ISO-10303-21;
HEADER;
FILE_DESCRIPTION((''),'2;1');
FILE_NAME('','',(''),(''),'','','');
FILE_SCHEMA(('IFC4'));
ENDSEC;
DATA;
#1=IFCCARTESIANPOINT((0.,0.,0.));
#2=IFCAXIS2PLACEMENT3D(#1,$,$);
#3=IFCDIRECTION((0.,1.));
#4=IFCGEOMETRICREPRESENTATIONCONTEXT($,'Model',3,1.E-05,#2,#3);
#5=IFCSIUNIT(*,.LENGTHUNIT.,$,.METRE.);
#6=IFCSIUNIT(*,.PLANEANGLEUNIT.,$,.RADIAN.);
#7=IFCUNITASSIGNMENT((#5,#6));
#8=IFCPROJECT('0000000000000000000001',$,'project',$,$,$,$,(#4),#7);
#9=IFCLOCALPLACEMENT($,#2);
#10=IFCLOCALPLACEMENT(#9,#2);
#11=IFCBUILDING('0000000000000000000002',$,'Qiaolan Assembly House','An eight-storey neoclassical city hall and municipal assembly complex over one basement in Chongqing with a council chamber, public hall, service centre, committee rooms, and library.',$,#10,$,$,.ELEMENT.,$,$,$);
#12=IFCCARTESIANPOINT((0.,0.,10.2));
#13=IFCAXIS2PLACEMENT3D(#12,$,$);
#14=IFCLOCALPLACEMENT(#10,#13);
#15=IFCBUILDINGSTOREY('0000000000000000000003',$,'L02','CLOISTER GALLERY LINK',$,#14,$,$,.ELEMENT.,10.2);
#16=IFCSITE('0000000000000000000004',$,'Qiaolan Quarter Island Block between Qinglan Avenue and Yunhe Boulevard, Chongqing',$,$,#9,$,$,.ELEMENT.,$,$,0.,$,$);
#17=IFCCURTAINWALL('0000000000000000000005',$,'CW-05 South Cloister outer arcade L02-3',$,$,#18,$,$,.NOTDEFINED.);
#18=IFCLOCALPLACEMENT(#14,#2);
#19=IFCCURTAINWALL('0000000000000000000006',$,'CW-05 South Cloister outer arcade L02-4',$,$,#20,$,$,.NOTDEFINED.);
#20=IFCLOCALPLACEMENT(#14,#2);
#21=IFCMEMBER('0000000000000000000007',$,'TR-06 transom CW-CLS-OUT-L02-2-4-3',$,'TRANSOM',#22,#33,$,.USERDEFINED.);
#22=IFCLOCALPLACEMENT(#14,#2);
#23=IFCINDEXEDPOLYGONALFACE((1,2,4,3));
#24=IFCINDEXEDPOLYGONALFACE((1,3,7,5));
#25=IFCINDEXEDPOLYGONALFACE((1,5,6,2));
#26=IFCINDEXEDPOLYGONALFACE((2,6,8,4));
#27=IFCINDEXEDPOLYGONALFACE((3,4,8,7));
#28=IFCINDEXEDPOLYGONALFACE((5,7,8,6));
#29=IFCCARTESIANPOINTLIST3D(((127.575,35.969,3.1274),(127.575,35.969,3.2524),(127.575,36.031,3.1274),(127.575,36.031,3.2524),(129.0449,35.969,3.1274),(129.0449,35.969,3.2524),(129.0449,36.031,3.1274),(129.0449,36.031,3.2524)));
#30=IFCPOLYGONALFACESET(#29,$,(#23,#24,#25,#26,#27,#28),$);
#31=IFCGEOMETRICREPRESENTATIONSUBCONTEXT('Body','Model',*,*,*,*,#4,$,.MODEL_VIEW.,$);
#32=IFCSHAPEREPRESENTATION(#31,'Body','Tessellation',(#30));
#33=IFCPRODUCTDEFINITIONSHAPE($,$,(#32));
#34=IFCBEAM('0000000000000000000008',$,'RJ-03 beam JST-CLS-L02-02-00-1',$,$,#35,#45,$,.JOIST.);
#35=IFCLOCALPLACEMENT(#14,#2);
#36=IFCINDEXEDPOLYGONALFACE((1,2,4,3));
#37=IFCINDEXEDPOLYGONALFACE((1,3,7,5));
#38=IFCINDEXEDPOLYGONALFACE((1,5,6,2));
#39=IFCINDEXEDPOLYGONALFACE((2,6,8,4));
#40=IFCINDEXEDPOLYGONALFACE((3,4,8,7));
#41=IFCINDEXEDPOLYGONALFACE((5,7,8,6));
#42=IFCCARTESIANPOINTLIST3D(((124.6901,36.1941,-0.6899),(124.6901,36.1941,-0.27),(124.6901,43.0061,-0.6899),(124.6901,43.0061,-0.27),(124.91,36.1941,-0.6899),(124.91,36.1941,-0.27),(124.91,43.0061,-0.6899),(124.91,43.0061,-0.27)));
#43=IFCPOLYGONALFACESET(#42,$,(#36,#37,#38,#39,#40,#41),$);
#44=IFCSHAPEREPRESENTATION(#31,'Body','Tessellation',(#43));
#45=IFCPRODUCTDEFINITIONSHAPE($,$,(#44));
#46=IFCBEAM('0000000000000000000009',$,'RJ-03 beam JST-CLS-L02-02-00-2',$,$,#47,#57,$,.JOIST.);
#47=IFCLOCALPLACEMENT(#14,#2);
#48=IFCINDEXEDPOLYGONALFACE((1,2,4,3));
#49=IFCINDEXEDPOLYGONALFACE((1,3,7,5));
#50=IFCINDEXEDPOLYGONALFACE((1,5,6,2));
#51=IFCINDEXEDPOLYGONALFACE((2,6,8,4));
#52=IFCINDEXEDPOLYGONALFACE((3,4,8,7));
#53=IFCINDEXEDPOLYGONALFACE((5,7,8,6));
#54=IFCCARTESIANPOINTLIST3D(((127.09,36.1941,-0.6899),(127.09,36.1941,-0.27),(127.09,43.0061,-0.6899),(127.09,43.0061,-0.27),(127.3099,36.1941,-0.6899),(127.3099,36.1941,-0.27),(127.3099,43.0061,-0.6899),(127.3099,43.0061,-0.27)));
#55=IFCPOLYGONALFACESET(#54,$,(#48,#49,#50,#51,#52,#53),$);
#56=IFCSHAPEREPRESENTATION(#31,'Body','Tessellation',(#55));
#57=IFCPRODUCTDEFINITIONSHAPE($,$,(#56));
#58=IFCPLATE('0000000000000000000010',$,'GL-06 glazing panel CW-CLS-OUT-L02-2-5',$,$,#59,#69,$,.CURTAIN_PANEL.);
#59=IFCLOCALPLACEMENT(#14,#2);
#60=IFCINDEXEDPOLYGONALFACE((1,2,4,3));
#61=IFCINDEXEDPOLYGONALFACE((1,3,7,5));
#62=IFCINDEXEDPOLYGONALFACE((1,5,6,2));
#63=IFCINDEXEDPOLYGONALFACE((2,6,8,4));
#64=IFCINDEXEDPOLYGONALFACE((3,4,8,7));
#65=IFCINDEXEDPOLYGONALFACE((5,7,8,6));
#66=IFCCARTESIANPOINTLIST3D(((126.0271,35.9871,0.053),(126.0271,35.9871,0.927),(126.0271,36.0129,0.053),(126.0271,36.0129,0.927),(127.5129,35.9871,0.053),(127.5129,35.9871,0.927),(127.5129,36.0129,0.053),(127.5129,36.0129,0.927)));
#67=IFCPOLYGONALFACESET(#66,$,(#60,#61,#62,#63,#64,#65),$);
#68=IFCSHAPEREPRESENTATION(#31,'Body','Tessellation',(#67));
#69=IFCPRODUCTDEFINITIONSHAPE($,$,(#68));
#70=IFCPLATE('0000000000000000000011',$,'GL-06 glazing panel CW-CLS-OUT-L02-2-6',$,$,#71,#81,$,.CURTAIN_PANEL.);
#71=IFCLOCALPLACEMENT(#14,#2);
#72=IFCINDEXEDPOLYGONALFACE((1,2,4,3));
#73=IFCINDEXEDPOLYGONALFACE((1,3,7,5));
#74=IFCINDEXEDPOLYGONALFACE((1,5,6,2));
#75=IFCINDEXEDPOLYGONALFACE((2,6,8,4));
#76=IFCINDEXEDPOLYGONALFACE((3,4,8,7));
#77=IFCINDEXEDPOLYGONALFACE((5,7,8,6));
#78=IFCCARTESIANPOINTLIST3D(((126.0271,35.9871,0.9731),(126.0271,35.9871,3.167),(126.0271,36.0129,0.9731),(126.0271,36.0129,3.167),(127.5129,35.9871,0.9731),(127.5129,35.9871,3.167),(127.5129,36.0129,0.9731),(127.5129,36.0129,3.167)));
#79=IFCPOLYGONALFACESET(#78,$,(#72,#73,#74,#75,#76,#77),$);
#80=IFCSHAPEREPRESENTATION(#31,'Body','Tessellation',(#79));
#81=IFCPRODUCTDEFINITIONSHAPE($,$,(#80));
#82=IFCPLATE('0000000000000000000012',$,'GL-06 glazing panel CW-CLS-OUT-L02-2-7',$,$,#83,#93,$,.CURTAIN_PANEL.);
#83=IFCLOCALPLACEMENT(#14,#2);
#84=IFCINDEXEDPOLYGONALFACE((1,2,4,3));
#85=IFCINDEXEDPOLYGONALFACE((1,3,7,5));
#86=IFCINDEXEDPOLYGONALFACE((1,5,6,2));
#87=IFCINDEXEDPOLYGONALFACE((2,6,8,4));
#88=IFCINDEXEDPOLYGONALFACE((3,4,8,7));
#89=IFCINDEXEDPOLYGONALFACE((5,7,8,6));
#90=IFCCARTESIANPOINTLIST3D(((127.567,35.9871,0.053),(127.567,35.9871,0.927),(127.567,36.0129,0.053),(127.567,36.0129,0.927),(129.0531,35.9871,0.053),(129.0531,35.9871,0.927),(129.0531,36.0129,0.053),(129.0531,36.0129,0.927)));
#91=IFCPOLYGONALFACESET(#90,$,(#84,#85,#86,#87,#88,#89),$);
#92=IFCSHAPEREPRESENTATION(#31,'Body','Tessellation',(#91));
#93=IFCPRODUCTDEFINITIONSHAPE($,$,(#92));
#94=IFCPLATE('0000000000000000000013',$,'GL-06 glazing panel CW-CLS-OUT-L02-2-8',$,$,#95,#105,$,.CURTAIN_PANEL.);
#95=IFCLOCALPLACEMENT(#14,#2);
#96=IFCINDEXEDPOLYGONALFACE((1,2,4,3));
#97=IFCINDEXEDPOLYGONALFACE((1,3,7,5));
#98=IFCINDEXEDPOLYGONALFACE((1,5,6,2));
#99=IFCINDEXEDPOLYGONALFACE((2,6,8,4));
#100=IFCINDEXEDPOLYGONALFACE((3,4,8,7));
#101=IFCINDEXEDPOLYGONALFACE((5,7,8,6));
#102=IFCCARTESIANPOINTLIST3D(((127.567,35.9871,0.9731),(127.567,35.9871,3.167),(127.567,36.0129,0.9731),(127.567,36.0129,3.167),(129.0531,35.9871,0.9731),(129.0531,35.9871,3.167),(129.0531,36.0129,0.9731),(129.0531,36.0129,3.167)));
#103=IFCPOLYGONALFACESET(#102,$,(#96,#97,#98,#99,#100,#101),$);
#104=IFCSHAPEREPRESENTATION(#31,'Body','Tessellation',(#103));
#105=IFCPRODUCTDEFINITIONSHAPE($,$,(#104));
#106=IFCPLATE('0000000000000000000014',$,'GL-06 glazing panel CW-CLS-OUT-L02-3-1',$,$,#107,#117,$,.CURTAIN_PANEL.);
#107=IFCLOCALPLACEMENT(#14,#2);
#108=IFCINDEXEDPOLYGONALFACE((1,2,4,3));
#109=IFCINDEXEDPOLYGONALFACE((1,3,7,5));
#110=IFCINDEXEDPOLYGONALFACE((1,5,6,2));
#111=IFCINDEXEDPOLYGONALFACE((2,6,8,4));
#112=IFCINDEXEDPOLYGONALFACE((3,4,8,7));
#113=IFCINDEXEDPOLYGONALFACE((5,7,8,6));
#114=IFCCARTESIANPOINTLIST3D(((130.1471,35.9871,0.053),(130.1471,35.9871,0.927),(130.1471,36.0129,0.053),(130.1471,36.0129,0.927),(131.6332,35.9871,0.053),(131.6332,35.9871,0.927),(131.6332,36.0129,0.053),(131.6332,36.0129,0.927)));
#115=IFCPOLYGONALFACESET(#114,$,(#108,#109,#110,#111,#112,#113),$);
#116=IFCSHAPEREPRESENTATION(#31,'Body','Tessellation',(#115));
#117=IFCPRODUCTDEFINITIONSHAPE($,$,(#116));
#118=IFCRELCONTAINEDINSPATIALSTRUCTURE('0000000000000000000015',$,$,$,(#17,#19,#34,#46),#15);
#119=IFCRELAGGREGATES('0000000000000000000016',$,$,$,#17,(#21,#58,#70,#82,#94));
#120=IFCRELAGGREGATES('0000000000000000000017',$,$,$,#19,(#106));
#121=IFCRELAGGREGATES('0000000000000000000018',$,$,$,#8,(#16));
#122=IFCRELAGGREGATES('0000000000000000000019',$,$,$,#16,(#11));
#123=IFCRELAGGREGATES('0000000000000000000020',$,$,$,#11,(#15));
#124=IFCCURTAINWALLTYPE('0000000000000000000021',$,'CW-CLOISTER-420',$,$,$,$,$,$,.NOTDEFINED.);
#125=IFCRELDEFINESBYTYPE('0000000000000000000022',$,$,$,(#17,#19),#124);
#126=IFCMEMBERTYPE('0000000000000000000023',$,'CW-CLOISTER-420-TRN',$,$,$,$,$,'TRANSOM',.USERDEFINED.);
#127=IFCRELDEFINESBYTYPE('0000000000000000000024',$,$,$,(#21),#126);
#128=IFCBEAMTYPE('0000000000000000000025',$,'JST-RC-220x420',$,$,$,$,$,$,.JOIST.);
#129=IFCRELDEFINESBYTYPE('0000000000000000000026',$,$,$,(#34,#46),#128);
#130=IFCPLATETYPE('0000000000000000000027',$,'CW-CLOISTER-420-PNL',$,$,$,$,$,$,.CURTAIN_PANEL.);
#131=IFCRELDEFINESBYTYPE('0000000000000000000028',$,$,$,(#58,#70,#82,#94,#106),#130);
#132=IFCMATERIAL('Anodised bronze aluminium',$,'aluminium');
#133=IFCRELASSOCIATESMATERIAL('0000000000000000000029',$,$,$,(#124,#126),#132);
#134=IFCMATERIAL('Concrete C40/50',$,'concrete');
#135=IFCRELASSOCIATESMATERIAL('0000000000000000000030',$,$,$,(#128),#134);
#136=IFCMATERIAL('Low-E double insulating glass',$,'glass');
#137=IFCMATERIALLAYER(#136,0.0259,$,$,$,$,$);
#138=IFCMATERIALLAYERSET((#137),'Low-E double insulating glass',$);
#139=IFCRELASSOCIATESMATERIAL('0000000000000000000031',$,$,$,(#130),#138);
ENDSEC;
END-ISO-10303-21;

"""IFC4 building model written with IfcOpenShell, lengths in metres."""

from ifc_helpers import new_model, si_unit, direction, frame, frame_2d, origin, origin_2d, place, context, subcontext, project, spatial, rectangle, extrude, material, layer, layer_set, material_profile, profile_set, type_object, element, aggregate, save


model = new_model("IFC4")

# Units and contexts
model_context = context("Model", 3, precision=1e-05, world=origin(), true_north=direction((0.0, 1.0)))
body_context = subcontext(model_context, "Body", "Model", "MODEL_VIEW")
ifc_project = project(units=[si_unit("LENGTHUNIT", "METRE"), si_unit("PLANEANGLEUNIT", "RADIAN")], contexts=[model_context])

# Site, building, storey
site_placement = place(None, origin())
site = spatial("IfcSite", under=ifc_project, at=site_placement, Name="Qiaolan Quarter Island Block between Qinglan Avenue and Yunhe Boulevard, Chongqing", CompositionType="ELEMENT", RefElevation=0.0)
building_placement = place(site_placement, origin())
building = spatial("IfcBuilding", under=site, at=building_placement, Name="Qiaolan Assembly House", Description="An eight-storey neoclassical city hall and municipal assembly complex over one basement in Chongqing with a council chamber, public hall, service centre, committee rooms, and library.", CompositionType="ELEMENT")
storey_placement = place(building_placement, frame((0.0, 0.0, 10.2)))
storey = spatial("IfcBuildingStorey", under=building, at=storey_placement, Name="L02", Description="CLOISTER GALLERY LINK", CompositionType="ELEMENT", Elevation=10.2)

# Shared definitions
ifc_material_1 = material(Name="Concrete C40/50", Category="concrete")

# Curtain wall
ifc_material_2 = material(Name="Anodised bronze aluminium", Category="aluminium")
curtain_wall_type = type_object("IfcCurtainWallType", Name="CW-CLOISTER-420", PredefinedType="NOTDEFINED", material=ifc_material_2)
curtain_wall_1_placement = place(storey_placement, origin())
curtain_wall_1 = element("IfcCurtainWall", 1, at=curtain_wall_1_placement, inside=storey, type_object=curtain_wall_type, Name="CW-05 South Cloister outer arcade L02-3", PredefinedType="NOTDEFINED")

# Curtain wall
curtain_wall_2_placement = place(storey_placement, origin())
curtain_wall_2 = element("IfcCurtainWall", 2, at=curtain_wall_2_placement, inside=storey, type_object=curtain_wall_type, Name="CW-05 South Cloister outer arcade L02-4", PredefinedType="NOTDEFINED")

# Member
ifc_material_profile_1 = material_profile(ifc_material_2, rectangle(XDim=0.062, YDim=0.125, at=origin_2d()), Name="TRN 62x125")
ifc_profile_set_1 = profile_set([ifc_material_profile_1], Name="Anodised bronze aluminium")
member_type_1 = type_object("IfcMemberType", Name="CW-CLOISTER-420-TRN", ElementType="TRANSOM", PredefinedType="USERDEFINED", material=ifc_profile_set_1)
member_1_placement = place(storey_placement, frame((127.575, 36.0, 3.1899), z_axis=(1.0, 0.0, 0.0), x_axis=(0.0, 1.0, 0.0)))
member_1 = element("IfcMember", 3, at=member_1_placement, type_object=member_type_1, Name="TR-06 transom CW-CLS-OUT-L02-2-4-3", ObjectType="TRANSOM", PredefinedType="USERDEFINED", context=body_context, shape_type="SweptSolid", body=[
    extrude(rectangle(XDim=0.062, YDim=0.125, at=origin_2d()), origin(), (0.0, 0.0, 1.0), 1.47),
])

# Beams
ifc_material_profile_2 = material_profile(ifc_material_1, rectangle(XDim=0.22, YDim=0.4199, at=origin_2d()), Name="RCB 220x420")
ifc_profile_set_2 = profile_set([ifc_material_profile_2], Name="Concrete C40/50")
beam_type_1 = type_object("IfcBeamType", Name="JST-RC-220x420", PredefinedType="JOIST", material=ifc_profile_set_2)
for number, where, z_axis, x_axis, name in (
    (4, (124.8, 36.1941, -0.48), (0.0, 1.0, 0.0), (-1.0, 0.0, 0.0), "RJ-03 beam JST-CLS-L02-02-00-1"),
    (5, (127.2, 36.1941, -0.48), (0.0, 1.0, 0.0), (-1.0, 0.0, 0.0), "RJ-03 beam JST-CLS-L02-02-00-2"),
):
    element("IfcBeam", number, at=place(storey_placement, frame(where, z_axis=z_axis, x_axis=x_axis)), inside=storey, type_object=beam_type_1, Name=name, PredefinedType="JOIST", context=body_context, shape_type="SweptSolid", body=[
        extrude(rectangle(XDim=0.22, YDim=0.4199, at=origin_2d()), origin(), (0.0, 0.0, 1.0), 6.812),
    ])

# Plates
ifc_material_3 = material(Name="Low-E double insulating glass", Category="glass")
ifc_layer = layer(ifc_material_3, 0.0259)
ifc_layer_set = layer_set([ifc_layer], Name="Low-E double insulating glass")
plate_type = type_object("IfcPlateType", Name="CW-CLOISTER-420-PNL", PredefinedType="CURTAIN_PANEL", material=ifc_layer_set)
plate_1_placement = place(storey_placement, frame((126.0271, 36.0, 0.053), z_axis=(0.0, 0.0, 1.0), x_axis=(1.0, 0.0, 0.0)))
plate_1 = element("IfcPlate", 6, at=plate_1_placement, type_object=plate_type, Name="GL-06 glazing panel CW-CLS-OUT-L02-2-5", PredefinedType="CURTAIN_PANEL", context=body_context, shape_type="SweptSolid", body=[
    extrude(rectangle(XDim=1.4858, YDim=0.0259, at=frame_2d((0.7429, 0.0))), origin(), (0.0, 0.0, 1.0), 0.874),
])
plate_2_placement = place(storey_placement, frame((126.0271, 36.0, 0.9731), z_axis=(0.0, 0.0, 1.0), x_axis=(1.0, 0.0, 0.0)))
plate_2 = element("IfcPlate", 7, at=plate_2_placement, type_object=plate_type, Name="GL-06 glazing panel CW-CLS-OUT-L02-2-6", PredefinedType="CURTAIN_PANEL", context=body_context, shape_type="SweptSolid", body=[
    extrude(rectangle(XDim=1.4858, YDim=0.0259, at=frame_2d((0.7429, 0.0))), origin(), (0.0, 0.0, 1.0), 2.1938),
])
plate_3_placement = place(storey_placement, frame((127.5669, 36.0, 0.053), z_axis=(0.0, 0.0, 1.0), x_axis=(1.0, 0.0, 0.0)))
plate_3 = element("IfcPlate", 8, at=plate_3_placement, type_object=plate_type, Name="GL-06 glazing panel CW-CLS-OUT-L02-2-7", PredefinedType="CURTAIN_PANEL", context=body_context, shape_type="SweptSolid", body=[
    extrude(rectangle(XDim=1.4861, YDim=0.0259, at=frame_2d((0.7432, 0.0))), origin(), (0.0, 0.0, 1.0), 0.874),
])
plate_4_placement = place(storey_placement, frame((127.5669, 36.0, 0.9731), z_axis=(0.0, 0.0, 1.0), x_axis=(1.0, 0.0, 0.0)))
plate_4 = element("IfcPlate", 9, at=plate_4_placement, type_object=plate_type, Name="GL-06 glazing panel CW-CLS-OUT-L02-2-8", PredefinedType="CURTAIN_PANEL", context=body_context, shape_type="SweptSolid", body=[
    extrude(rectangle(XDim=1.4861, YDim=0.0259, at=frame_2d((0.7432, 0.0))), origin(), (0.0, 0.0, 1.0), 2.1938),
])
aggregate(curtain_wall_1, [member_1, plate_1, plate_2, plate_3, plate_4])
plate_5_placement = place(storey_placement, frame((130.147, 36.0, 0.053), z_axis=(0.0, 0.0, 1.0), x_axis=(1.0, 0.0, 0.0)))
plate_5 = element("IfcPlate", 10, at=plate_5_placement, type_object=plate_type, Name="GL-06 glazing panel CW-CLS-OUT-L02-3-1", PredefinedType="CURTAIN_PANEL", context=body_context, shape_type="SweptSolid", body=[
    extrude(rectangle(XDim=1.4861, YDim=0.0259, at=frame_2d((0.7432, 0.0))), origin(), (0.0, 0.0, 1.0), 0.874),
])
aggregate(curtain_wall_2, [plate_5])

save(model, "model.ifc")
